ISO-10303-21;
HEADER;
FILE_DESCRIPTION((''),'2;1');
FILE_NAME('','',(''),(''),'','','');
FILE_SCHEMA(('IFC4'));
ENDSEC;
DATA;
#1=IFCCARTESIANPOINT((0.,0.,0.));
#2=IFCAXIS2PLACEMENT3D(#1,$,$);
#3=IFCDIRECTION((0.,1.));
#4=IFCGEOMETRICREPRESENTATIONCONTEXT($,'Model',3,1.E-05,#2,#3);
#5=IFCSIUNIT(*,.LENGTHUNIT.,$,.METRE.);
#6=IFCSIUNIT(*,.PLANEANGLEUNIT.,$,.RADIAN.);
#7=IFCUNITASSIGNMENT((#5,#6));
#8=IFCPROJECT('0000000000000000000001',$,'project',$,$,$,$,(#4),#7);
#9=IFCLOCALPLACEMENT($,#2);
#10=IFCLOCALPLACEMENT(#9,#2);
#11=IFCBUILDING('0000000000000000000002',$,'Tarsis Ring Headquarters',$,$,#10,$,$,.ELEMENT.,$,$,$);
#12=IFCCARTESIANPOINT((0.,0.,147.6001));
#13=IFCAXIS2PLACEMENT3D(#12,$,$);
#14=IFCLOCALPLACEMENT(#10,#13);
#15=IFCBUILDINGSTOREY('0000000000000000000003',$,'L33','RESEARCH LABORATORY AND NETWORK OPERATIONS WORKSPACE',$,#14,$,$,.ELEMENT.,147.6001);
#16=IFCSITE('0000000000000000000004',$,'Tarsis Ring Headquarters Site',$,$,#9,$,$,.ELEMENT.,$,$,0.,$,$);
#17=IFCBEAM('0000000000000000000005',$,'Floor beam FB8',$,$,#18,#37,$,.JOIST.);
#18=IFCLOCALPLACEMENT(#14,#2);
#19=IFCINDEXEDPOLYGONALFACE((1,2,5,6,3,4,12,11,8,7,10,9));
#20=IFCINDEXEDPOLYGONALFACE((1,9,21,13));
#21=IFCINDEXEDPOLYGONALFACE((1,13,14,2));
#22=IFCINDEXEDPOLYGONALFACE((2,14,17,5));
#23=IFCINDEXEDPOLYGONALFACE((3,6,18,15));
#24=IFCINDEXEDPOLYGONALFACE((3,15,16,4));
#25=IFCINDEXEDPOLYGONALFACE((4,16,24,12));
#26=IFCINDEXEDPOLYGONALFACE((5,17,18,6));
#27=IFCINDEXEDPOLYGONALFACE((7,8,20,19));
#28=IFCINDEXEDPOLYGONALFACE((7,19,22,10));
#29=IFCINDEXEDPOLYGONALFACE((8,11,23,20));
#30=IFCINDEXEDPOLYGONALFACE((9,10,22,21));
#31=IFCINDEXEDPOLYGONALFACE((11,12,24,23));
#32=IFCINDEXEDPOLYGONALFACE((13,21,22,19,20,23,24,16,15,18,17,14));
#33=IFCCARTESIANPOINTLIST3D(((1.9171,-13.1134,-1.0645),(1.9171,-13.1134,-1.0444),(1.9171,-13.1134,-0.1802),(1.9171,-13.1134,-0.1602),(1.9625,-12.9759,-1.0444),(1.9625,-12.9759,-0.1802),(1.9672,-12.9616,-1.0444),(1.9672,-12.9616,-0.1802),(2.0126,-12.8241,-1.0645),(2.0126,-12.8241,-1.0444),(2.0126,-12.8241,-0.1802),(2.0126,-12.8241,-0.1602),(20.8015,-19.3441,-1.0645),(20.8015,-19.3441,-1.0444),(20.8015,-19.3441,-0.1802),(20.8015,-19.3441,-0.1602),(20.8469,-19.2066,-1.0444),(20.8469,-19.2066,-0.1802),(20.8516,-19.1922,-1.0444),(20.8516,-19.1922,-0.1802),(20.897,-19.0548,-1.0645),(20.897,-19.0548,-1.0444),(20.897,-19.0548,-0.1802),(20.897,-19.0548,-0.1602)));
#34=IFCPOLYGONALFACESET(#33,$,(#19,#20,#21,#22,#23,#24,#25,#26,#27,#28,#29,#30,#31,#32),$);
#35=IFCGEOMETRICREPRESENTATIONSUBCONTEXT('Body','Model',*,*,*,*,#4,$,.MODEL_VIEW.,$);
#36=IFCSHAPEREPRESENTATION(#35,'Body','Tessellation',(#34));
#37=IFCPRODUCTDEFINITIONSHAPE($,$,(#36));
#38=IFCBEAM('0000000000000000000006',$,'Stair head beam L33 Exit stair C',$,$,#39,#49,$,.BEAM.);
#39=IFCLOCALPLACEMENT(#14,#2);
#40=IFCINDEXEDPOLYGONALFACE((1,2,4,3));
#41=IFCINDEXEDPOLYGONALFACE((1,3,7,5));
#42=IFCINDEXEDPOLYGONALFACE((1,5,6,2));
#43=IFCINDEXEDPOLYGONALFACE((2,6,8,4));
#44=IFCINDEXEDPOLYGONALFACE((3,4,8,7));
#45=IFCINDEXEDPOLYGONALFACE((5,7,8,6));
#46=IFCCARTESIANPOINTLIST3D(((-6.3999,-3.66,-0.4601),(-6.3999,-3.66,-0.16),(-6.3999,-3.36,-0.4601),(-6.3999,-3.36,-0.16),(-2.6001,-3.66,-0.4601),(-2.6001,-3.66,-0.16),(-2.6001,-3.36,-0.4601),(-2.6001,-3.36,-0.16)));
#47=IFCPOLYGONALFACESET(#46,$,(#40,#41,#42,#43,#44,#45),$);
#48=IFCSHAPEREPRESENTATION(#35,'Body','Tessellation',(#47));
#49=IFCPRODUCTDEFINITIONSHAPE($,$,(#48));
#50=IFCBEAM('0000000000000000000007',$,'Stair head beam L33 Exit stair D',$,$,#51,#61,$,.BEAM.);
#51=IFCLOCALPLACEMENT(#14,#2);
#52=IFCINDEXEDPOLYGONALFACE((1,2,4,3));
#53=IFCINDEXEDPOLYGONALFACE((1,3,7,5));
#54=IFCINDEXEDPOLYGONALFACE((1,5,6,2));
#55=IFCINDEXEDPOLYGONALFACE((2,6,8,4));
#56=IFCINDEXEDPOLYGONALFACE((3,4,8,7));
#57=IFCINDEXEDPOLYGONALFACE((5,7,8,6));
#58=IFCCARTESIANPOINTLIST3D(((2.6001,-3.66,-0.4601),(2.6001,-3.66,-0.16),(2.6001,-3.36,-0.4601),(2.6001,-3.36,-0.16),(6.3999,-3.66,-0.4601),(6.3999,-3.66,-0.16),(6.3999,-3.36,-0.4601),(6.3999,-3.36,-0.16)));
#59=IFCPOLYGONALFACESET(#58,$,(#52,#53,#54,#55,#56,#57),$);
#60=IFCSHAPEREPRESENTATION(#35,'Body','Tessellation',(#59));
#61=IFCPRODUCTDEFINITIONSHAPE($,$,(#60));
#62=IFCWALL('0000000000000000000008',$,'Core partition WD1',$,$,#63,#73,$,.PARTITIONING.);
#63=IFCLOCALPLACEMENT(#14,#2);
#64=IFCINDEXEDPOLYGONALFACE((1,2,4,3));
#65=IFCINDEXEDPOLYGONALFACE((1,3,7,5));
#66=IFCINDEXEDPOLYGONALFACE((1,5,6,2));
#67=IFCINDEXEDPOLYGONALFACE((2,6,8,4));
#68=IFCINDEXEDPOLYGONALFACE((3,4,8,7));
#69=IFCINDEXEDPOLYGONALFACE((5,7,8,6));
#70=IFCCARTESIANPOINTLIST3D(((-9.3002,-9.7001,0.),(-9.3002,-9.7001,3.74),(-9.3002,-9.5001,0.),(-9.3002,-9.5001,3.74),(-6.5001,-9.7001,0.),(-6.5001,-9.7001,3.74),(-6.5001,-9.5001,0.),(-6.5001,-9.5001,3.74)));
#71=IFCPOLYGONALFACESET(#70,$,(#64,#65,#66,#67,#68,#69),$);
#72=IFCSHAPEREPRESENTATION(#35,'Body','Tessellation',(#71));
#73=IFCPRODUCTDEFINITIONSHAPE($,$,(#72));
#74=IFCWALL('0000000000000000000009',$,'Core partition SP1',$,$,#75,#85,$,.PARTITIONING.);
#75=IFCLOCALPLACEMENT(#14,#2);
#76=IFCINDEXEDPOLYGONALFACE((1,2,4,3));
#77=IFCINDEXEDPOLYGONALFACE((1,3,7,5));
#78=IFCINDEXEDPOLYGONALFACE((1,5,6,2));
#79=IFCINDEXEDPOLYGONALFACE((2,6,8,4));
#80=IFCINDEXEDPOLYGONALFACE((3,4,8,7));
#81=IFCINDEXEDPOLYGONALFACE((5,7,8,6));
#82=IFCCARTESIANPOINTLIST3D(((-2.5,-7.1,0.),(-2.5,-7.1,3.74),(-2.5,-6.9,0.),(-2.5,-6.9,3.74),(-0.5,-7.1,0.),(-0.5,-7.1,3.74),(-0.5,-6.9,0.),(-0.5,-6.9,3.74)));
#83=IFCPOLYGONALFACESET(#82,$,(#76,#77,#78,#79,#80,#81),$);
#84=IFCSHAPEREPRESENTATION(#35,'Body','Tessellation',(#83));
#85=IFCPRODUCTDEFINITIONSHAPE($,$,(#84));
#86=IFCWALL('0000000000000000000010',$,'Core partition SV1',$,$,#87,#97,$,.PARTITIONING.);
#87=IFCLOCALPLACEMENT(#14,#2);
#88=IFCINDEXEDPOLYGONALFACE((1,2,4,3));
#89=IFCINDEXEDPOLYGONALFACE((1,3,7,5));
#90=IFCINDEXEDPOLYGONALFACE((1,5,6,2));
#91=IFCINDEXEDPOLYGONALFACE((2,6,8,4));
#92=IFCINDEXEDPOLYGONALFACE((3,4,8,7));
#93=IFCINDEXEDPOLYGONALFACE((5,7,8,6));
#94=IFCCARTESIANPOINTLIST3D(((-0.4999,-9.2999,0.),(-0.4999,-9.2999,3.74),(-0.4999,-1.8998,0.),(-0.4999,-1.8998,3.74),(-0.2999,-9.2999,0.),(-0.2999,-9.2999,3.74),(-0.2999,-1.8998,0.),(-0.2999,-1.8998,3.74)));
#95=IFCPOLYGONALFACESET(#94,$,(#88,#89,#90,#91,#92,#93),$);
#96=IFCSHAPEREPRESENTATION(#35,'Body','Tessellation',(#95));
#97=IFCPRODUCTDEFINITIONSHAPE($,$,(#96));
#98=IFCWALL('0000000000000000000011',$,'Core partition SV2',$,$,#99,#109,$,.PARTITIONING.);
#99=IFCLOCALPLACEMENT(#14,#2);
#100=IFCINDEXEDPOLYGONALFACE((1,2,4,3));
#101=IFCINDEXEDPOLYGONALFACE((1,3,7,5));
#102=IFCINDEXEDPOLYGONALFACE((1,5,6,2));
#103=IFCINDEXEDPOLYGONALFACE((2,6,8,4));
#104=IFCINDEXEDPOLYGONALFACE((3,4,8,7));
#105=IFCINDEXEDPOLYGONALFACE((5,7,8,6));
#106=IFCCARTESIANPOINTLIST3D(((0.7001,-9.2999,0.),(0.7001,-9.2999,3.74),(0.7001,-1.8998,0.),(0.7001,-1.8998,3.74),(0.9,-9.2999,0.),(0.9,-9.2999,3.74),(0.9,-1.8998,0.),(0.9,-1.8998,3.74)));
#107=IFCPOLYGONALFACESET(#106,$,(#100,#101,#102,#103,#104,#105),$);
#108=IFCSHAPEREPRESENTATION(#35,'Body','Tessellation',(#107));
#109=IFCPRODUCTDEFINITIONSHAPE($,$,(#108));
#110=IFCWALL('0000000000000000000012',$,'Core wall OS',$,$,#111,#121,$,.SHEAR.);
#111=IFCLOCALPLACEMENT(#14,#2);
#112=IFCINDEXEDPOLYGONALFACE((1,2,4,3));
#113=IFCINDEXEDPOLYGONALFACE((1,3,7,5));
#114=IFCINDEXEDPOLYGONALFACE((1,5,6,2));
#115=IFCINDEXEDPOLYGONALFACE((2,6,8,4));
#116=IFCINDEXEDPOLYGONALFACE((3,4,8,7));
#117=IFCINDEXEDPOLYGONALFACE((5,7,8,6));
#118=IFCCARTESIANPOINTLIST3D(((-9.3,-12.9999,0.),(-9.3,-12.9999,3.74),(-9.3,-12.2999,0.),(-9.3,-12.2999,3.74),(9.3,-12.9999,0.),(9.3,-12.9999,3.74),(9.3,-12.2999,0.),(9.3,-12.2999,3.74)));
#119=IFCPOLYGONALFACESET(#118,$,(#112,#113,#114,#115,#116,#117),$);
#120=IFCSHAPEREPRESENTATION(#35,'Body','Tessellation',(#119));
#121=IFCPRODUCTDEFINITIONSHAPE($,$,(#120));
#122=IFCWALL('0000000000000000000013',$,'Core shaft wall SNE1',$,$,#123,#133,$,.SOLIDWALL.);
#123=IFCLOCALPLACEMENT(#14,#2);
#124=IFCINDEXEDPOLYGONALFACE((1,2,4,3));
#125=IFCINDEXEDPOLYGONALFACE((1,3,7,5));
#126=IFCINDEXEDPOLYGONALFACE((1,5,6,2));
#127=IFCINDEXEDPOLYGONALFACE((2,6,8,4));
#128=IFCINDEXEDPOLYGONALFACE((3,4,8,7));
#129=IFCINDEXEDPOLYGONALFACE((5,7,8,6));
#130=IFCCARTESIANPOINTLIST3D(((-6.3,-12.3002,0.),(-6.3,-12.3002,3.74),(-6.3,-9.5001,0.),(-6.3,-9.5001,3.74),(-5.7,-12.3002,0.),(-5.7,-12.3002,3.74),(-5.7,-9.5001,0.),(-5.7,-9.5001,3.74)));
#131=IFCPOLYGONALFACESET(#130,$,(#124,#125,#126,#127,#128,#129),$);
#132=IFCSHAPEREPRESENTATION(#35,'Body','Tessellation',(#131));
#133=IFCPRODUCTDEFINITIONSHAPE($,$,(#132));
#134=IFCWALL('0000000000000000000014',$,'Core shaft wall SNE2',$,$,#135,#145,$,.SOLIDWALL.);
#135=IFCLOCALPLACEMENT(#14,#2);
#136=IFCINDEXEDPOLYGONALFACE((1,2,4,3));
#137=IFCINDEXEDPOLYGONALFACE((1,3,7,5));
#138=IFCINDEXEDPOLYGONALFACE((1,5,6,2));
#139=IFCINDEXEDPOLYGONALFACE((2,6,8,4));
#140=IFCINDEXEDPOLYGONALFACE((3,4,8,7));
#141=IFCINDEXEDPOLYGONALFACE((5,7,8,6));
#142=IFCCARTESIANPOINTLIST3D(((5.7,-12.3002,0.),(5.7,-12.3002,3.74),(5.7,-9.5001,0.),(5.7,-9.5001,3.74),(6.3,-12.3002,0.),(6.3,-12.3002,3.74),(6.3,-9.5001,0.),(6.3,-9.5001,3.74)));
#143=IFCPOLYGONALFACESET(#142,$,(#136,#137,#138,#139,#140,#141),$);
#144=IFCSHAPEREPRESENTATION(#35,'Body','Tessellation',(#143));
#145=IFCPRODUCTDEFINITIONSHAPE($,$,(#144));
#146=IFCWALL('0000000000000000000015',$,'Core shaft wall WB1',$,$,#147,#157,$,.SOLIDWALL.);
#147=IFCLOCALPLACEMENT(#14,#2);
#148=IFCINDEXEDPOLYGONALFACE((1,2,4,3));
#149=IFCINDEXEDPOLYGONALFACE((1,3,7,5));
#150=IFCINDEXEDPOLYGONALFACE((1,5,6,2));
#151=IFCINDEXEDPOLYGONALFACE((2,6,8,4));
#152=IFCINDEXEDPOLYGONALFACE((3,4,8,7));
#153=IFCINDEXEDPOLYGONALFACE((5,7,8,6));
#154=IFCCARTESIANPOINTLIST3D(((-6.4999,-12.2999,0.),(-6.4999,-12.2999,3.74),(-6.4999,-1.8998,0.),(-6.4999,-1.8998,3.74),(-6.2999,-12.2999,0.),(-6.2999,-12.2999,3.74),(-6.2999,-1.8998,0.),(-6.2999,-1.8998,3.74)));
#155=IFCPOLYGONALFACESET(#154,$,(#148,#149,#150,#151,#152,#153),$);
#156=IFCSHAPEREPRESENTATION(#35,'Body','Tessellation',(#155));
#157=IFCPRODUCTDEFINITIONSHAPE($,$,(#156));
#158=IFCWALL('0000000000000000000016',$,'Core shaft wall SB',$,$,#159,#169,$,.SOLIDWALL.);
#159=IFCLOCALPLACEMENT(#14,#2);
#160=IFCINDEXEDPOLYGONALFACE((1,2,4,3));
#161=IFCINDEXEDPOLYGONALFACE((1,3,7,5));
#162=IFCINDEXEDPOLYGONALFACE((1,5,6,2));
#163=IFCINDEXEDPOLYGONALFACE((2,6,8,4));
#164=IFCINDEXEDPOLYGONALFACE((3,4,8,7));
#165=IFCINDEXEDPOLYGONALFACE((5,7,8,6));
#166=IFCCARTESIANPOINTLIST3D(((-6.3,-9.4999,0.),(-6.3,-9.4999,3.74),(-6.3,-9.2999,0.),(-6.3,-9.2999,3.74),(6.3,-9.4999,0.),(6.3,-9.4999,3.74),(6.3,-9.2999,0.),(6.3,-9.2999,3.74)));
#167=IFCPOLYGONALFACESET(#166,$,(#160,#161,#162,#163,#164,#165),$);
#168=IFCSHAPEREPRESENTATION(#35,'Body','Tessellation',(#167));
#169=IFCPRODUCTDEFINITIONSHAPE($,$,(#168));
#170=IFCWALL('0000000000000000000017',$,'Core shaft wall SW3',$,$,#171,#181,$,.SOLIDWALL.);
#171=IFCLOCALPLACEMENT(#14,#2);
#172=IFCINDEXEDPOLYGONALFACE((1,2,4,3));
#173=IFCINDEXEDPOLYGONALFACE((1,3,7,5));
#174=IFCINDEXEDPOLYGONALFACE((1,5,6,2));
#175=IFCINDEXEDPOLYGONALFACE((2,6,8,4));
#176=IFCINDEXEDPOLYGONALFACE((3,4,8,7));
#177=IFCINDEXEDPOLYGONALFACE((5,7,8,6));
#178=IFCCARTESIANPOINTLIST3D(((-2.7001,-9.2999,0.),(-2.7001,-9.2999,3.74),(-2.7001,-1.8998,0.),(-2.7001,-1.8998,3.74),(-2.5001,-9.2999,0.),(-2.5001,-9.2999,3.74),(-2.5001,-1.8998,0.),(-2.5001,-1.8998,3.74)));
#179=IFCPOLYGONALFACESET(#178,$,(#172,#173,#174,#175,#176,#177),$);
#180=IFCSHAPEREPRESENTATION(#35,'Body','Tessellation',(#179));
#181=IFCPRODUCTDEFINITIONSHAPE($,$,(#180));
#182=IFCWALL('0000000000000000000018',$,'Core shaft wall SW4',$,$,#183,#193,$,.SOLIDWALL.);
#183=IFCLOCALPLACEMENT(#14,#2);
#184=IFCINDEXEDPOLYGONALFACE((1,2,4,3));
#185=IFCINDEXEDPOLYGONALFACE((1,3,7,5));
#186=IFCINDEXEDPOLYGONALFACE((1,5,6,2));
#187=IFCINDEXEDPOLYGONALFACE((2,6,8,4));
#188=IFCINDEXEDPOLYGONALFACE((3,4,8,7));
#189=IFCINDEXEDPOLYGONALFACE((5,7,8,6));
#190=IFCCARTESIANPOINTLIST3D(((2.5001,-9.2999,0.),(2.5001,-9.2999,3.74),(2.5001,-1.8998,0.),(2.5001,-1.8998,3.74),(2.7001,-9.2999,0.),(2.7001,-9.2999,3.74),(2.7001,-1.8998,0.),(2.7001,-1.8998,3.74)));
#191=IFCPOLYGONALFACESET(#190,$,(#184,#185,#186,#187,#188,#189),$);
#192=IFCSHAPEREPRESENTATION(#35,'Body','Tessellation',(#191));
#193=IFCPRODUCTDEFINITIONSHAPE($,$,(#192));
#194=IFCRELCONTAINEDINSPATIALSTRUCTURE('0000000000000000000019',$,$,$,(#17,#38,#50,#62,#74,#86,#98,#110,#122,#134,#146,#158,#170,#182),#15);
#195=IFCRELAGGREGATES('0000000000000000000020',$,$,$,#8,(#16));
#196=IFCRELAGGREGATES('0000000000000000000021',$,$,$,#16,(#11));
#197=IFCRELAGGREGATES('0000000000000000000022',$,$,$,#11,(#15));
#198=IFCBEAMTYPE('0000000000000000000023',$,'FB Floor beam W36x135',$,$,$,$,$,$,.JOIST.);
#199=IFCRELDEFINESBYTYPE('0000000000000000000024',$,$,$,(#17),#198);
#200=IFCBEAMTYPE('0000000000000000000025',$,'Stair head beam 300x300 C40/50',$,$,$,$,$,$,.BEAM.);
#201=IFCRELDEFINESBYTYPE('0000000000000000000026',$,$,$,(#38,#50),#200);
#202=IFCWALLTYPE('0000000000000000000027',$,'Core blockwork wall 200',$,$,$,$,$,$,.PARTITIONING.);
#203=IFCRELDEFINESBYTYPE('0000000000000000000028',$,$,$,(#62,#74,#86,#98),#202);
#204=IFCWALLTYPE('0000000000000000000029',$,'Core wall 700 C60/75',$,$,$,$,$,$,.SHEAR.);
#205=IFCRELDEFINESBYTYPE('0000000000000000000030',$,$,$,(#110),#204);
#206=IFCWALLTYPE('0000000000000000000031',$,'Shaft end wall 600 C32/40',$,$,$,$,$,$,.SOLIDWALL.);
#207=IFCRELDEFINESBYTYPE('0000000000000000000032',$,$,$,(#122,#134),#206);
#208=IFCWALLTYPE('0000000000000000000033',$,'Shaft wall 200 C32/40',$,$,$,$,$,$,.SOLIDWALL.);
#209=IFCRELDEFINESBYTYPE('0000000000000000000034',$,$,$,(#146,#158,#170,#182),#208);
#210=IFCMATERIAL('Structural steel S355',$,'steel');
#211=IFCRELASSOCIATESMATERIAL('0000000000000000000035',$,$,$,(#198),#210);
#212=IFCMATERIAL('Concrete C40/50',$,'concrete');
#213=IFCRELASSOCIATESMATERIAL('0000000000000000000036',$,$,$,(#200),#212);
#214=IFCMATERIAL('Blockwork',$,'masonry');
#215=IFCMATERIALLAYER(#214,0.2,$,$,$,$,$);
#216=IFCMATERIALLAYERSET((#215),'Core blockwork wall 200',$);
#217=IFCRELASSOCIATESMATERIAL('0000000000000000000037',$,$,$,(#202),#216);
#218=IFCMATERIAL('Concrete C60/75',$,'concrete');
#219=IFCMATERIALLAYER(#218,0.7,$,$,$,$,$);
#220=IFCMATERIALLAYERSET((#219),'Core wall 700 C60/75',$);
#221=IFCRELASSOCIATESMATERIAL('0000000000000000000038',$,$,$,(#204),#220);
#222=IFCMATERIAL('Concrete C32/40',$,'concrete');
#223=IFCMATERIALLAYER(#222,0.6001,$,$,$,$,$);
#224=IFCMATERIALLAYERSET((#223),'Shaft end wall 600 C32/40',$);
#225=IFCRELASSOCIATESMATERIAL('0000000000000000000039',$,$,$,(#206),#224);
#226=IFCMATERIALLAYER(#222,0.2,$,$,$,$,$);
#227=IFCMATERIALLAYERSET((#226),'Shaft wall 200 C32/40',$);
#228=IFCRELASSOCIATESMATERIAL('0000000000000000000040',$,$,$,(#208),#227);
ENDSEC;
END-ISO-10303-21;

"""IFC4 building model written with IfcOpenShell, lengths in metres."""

from ifc_helpers import new_model, si_unit, direction, frame, frame_2d, origin, origin_2d, place, context, subcontext, project, spatial, rectangle, i_section, extrude, material, layer, layer_set, material_profile, profile_set, type_object, element, save


model = new_model("IFC4")

# Units and contexts
model_context = context("Model", 3, precision=1e-05, world=origin(), true_north=direction((0.0, 1.0)))
body_context = subcontext(model_context, "Body", "Model", "MODEL_VIEW")
ifc_project = project(units=[si_unit("LENGTHUNIT", "METRE"), si_unit("PLANEANGLEUNIT", "RADIAN")], contexts=[model_context])

# Site, building, storey
site_placement = place(None, origin())
site = spatial("IfcSite", under=ifc_project, at=site_placement, Name="Tarsis Ring Headquarters Site", CompositionType="ELEMENT", RefElevation=0.0)
building_placement = place(site_placement, origin())
building = spatial("IfcBuilding", under=site, at=building_placement, Name="Tarsis Ring Headquarters", CompositionType="ELEMENT")
storey_placement = place(building_placement, frame((0.0, 0.0, 147.6001)))
storey = spatial("IfcBuildingStorey", under=building, at=storey_placement, Name="L33", Description="RESEARCH LABORATORY AND NETWORK OPERATIONS WORKSPACE", CompositionType="ELEMENT", Elevation=147.6001)

# Beams
ifc_material_1 = material(Name="Structural steel S355", Category="steel")
ifc_material_profile_1 = material_profile(ifc_material_1, i_section(OverallWidth=0.3047, OverallDepth=0.9043, WebThickness=0.0151, FlangeThickness=0.02, at=origin_2d()), Name="W36x135")
ifc_profile_set_1 = profile_set([ifc_material_profile_1], Name="Structural steel S355")
beam_type_1 = type_object("IfcBeamType", Name="FB Floor beam W36x135", PredefinedType="JOIST", material=ifc_profile_set_1)
beam_placement = place(storey_placement, frame((1.9648, -12.9688, -0.6123), z_axis=(0.949646, -0.313324, 0.0), x_axis=(0.313324, 0.949646, 0.0)))
element("IfcBeam", 1, at=beam_placement, inside=storey, type_object=beam_type_1, Name="Floor beam FB8", PredefinedType="JOIST", context=body_context, shape_type="SweptSolid", body=[
    extrude(i_section(OverallWidth=0.3047, OverallDepth=0.9043, WebThickness=0.0151, FlangeThickness=0.02, at=origin_2d()), origin(), (0.0, 0.0, 1.0), 19.8857),
])
ifc_material_2 = material(Name="Concrete C40/50", Category="concrete")
ifc_material_profile_2 = material_profile(ifc_material_2, rectangle(XDim=0.3, YDim=0.3, at=origin_2d()), Name="Stair head beam 300x300 C40/50")
ifc_profile_set_2 = profile_set([ifc_material_profile_2], Name="Concrete C40/50")
beam_type_2 = type_object("IfcBeamType", Name="Stair head beam 300x300 C40/50", PredefinedType="BEAM", material=ifc_profile_set_2)
for number, where, z_axis, x_axis, name in (
    (2, (-6.3999, -3.51, -0.3101), (1.0, 0.0, 0.0), (0.0, 1.0, 0.0), "Stair head beam L33 Exit stair C"),
    (3, (2.6001, -3.51, -0.3101), (1.0, 0.0, 0.0), (0.0, 1.0, 0.0), "Stair head beam L33 Exit stair D"),
):
    element("IfcBeam", number, at=place(storey_placement, frame(where, z_axis=z_axis, x_axis=x_axis)), inside=storey, type_object=beam_type_2, Name=name, PredefinedType="BEAM", context=body_context, shape_type="SweptSolid", body=[
        extrude(rectangle(XDim=0.3, YDim=0.3, at=origin_2d()), origin(), (0.0, 0.0, 1.0), 3.7998),
    ])

# Walls
ifc_material_3 = material(Name="Blockwork", Category="masonry")
ifc_layer_1 = layer(ifc_material_3, 0.2)
ifc_layer_set_1 = layer_set([ifc_layer_1], Name="Core blockwork wall 200")
wall_type_1 = type_object("IfcWallType", Name="Core blockwork wall 200", PredefinedType="PARTITIONING", material=ifc_layer_set_1)
wall_1_placement = place(storey_placement, frame((-9.3, -9.6001, 0.0), z_axis=(0.0, 0.0, 1.0), x_axis=(1.0, 0.0, 0.0)))
element("IfcWall", 4, at=wall_1_placement, inside=storey, type_object=wall_type_1, Name="Core partition WD1", PredefinedType="PARTITIONING", context=body_context, shape_type="SweptSolid", body=[
    extrude(rectangle(XDim=2.8, YDim=0.2, at=frame_2d((1.3999, 0.0))), origin(), (0.0, 0.0, 1.0), 3.74),
])
wall_2_placement = place(storey_placement, frame((-2.5, -7.0, 0.0), z_axis=(0.0, 0.0, 1.0), x_axis=(1.0, 0.0, 0.0)))
element("IfcWall", 5, at=wall_2_placement, inside=storey, type_object=wall_type_1, Name="Core partition SP1", PredefinedType="PARTITIONING", context=body_context, shape_type="SweptSolid", body=[
    extrude(rectangle(XDim=2.0, YDim=0.2, at=frame_2d((1.0, 0.0))), origin(), (0.0, 0.0, 1.0), 3.74),
])
for number, where, z_axis, x_axis, name in (
    (6, (-0.3999, -9.3, 0.0), (0.0, 0.0, 1.0), (0.0, 1.0, 0.0), "Core partition SV1"),
    (7, (0.8, -9.3, 0.0), (0.0, 0.0, 1.0), (0.0, 1.0, 0.0), "Core partition SV2"),
):
    element("IfcWall", number, at=place(storey_placement, frame(where, z_axis=z_axis, x_axis=x_axis)), inside=storey, type_object=wall_type_1, Name=name, PredefinedType="PARTITIONING", context=body_context, shape_type="SweptSolid", body=[
        extrude(rectangle(XDim=7.4001, YDim=0.2, at=frame_2d((3.7002, 0.0))), origin(), (0.0, 0.0, 1.0), 3.74),
    ])
ifc_material_4 = material(Name="Concrete C60/75", Category="concrete")
ifc_layer_2 = layer(ifc_material_4, 0.7)
ifc_layer_set_2 = layer_set([ifc_layer_2], Name="Core wall 700 C60/75")
wall_type_2 = type_object("IfcWallType", Name="Core wall 700 C60/75", PredefinedType="SHEAR", material=ifc_layer_set_2)
wall_3_placement = place(storey_placement, frame((-9.3, -12.6499, 0.0), z_axis=(0.0, 0.0, 1.0), x_axis=(1.0, 0.0, 0.0)))
element("IfcWall", 8, at=wall_3_placement, inside=storey, type_object=wall_type_2, Name="Core wall OS", PredefinedType="SHEAR", context=body_context, shape_type="SweptSolid", body=[
    extrude(rectangle(XDim=18.6001, YDim=0.7, at=frame_2d((9.3, 0.0))), origin(), (0.0, 0.0, 1.0), 3.74),
])
ifc_material_5 = material(Name="Concrete C32/40", Category="concrete")
ifc_layer_3 = layer(ifc_material_5, 0.6001)
ifc_layer_set_3 = layer_set([ifc_layer_3], Name="Shaft end wall 600 C32/40")
wall_type_3 = type_object("IfcWallType", Name="Shaft end wall 600 C32/40", PredefinedType="SOLIDWALL", material=ifc_layer_set_3)
for number, where, z_axis, x_axis, name in (
    (9, (-6.0, -12.3, 0.0), (0.0, 0.0, 1.0), (0.0, 1.0, 0.0), "Core shaft wall SNE1"),
    (10, (6.0, -12.3, 0.0), (0.0, 0.0, 1.0), (0.0, 1.0, 0.0), "Core shaft wall SNE2"),
):
    element("IfcWall", number, at=place(storey_placement, frame(where, z_axis=z_axis, x_axis=x_axis)), inside=storey, type_object=wall_type_3, Name=name, PredefinedType="SOLIDWALL", context=body_context, shape_type="SweptSolid", body=[
        extrude(rectangle(XDim=2.8, YDim=0.6001, at=frame_2d((1.3999, 0.0))), origin(), (0.0, 0.0, 1.0), 3.74),
    ])
ifc_layer_4 = layer(ifc_material_5, 0.2)
ifc_layer_set_4 = layer_set([ifc_layer_4], Name="Shaft wall 200 C32/40")
wall_type_4 = type_object("IfcWallType", Name="Shaft wall 200 C32/40", PredefinedType="SOLIDWALL", material=ifc_layer_set_4)
wall_4_placement = place(storey_placement, frame((-6.3999, -12.3, 0.0), z_axis=(0.0, 0.0, 1.0), x_axis=(0.0, 1.0, 0.0)))
element("IfcWall", 11, at=wall_4_placement, inside=storey, type_object=wall_type_4, Name="Core shaft wall WB1", PredefinedType="SOLIDWALL", context=body_context, shape_type="SweptSolid", body=[
    extrude(rectangle(XDim=10.4001, YDim=0.2, at=frame_2d((5.2002, 0.0))), origin(), (0.0, 0.0, 1.0), 3.74),
])
wall_5_placement = place(storey_placement, frame((-6.3, -9.3999, 0.0), z_axis=(0.0, 0.0, 1.0), x_axis=(1.0, 0.0, 0.0)))
element("IfcWall", 12, at=wall_5_placement, inside=storey, type_object=wall_type_4, Name="Core shaft wall SB", PredefinedType="SOLIDWALL", context=body_context, shape_type="SweptSolid", body=[
    extrude(rectangle(XDim=12.6001, YDim=0.2, at=frame_2d((6.3, 0.0))), origin(), (0.0, 0.0, 1.0), 3.74),
])
for number, where, z_axis, x_axis, name in (
    (13, (-2.6001, -9.3, 0.0), (0.0, 0.0, 1.0), (0.0, 1.0, 0.0), "Core shaft wall SW3"),
    (14, (2.6001, -9.3, 0.0), (0.0, 0.0, 1.0), (0.0, 1.0, 0.0), "Core shaft wall SW4"),
):
    element("IfcWall", number, at=place(storey_placement, frame(where, z_axis=z_axis, x_axis=x_axis)), inside=storey, type_object=wall_type_4, Name=name, PredefinedType="SOLIDWALL", context=body_context, shape_type="SweptSolid", body=[
        extrude(rectangle(XDim=7.4001, YDim=0.2, at=frame_2d((3.7002, 0.0))), origin(), (0.0, 0.0, 1.0), 3.74),
    ])

save(model, "model.ifc")
